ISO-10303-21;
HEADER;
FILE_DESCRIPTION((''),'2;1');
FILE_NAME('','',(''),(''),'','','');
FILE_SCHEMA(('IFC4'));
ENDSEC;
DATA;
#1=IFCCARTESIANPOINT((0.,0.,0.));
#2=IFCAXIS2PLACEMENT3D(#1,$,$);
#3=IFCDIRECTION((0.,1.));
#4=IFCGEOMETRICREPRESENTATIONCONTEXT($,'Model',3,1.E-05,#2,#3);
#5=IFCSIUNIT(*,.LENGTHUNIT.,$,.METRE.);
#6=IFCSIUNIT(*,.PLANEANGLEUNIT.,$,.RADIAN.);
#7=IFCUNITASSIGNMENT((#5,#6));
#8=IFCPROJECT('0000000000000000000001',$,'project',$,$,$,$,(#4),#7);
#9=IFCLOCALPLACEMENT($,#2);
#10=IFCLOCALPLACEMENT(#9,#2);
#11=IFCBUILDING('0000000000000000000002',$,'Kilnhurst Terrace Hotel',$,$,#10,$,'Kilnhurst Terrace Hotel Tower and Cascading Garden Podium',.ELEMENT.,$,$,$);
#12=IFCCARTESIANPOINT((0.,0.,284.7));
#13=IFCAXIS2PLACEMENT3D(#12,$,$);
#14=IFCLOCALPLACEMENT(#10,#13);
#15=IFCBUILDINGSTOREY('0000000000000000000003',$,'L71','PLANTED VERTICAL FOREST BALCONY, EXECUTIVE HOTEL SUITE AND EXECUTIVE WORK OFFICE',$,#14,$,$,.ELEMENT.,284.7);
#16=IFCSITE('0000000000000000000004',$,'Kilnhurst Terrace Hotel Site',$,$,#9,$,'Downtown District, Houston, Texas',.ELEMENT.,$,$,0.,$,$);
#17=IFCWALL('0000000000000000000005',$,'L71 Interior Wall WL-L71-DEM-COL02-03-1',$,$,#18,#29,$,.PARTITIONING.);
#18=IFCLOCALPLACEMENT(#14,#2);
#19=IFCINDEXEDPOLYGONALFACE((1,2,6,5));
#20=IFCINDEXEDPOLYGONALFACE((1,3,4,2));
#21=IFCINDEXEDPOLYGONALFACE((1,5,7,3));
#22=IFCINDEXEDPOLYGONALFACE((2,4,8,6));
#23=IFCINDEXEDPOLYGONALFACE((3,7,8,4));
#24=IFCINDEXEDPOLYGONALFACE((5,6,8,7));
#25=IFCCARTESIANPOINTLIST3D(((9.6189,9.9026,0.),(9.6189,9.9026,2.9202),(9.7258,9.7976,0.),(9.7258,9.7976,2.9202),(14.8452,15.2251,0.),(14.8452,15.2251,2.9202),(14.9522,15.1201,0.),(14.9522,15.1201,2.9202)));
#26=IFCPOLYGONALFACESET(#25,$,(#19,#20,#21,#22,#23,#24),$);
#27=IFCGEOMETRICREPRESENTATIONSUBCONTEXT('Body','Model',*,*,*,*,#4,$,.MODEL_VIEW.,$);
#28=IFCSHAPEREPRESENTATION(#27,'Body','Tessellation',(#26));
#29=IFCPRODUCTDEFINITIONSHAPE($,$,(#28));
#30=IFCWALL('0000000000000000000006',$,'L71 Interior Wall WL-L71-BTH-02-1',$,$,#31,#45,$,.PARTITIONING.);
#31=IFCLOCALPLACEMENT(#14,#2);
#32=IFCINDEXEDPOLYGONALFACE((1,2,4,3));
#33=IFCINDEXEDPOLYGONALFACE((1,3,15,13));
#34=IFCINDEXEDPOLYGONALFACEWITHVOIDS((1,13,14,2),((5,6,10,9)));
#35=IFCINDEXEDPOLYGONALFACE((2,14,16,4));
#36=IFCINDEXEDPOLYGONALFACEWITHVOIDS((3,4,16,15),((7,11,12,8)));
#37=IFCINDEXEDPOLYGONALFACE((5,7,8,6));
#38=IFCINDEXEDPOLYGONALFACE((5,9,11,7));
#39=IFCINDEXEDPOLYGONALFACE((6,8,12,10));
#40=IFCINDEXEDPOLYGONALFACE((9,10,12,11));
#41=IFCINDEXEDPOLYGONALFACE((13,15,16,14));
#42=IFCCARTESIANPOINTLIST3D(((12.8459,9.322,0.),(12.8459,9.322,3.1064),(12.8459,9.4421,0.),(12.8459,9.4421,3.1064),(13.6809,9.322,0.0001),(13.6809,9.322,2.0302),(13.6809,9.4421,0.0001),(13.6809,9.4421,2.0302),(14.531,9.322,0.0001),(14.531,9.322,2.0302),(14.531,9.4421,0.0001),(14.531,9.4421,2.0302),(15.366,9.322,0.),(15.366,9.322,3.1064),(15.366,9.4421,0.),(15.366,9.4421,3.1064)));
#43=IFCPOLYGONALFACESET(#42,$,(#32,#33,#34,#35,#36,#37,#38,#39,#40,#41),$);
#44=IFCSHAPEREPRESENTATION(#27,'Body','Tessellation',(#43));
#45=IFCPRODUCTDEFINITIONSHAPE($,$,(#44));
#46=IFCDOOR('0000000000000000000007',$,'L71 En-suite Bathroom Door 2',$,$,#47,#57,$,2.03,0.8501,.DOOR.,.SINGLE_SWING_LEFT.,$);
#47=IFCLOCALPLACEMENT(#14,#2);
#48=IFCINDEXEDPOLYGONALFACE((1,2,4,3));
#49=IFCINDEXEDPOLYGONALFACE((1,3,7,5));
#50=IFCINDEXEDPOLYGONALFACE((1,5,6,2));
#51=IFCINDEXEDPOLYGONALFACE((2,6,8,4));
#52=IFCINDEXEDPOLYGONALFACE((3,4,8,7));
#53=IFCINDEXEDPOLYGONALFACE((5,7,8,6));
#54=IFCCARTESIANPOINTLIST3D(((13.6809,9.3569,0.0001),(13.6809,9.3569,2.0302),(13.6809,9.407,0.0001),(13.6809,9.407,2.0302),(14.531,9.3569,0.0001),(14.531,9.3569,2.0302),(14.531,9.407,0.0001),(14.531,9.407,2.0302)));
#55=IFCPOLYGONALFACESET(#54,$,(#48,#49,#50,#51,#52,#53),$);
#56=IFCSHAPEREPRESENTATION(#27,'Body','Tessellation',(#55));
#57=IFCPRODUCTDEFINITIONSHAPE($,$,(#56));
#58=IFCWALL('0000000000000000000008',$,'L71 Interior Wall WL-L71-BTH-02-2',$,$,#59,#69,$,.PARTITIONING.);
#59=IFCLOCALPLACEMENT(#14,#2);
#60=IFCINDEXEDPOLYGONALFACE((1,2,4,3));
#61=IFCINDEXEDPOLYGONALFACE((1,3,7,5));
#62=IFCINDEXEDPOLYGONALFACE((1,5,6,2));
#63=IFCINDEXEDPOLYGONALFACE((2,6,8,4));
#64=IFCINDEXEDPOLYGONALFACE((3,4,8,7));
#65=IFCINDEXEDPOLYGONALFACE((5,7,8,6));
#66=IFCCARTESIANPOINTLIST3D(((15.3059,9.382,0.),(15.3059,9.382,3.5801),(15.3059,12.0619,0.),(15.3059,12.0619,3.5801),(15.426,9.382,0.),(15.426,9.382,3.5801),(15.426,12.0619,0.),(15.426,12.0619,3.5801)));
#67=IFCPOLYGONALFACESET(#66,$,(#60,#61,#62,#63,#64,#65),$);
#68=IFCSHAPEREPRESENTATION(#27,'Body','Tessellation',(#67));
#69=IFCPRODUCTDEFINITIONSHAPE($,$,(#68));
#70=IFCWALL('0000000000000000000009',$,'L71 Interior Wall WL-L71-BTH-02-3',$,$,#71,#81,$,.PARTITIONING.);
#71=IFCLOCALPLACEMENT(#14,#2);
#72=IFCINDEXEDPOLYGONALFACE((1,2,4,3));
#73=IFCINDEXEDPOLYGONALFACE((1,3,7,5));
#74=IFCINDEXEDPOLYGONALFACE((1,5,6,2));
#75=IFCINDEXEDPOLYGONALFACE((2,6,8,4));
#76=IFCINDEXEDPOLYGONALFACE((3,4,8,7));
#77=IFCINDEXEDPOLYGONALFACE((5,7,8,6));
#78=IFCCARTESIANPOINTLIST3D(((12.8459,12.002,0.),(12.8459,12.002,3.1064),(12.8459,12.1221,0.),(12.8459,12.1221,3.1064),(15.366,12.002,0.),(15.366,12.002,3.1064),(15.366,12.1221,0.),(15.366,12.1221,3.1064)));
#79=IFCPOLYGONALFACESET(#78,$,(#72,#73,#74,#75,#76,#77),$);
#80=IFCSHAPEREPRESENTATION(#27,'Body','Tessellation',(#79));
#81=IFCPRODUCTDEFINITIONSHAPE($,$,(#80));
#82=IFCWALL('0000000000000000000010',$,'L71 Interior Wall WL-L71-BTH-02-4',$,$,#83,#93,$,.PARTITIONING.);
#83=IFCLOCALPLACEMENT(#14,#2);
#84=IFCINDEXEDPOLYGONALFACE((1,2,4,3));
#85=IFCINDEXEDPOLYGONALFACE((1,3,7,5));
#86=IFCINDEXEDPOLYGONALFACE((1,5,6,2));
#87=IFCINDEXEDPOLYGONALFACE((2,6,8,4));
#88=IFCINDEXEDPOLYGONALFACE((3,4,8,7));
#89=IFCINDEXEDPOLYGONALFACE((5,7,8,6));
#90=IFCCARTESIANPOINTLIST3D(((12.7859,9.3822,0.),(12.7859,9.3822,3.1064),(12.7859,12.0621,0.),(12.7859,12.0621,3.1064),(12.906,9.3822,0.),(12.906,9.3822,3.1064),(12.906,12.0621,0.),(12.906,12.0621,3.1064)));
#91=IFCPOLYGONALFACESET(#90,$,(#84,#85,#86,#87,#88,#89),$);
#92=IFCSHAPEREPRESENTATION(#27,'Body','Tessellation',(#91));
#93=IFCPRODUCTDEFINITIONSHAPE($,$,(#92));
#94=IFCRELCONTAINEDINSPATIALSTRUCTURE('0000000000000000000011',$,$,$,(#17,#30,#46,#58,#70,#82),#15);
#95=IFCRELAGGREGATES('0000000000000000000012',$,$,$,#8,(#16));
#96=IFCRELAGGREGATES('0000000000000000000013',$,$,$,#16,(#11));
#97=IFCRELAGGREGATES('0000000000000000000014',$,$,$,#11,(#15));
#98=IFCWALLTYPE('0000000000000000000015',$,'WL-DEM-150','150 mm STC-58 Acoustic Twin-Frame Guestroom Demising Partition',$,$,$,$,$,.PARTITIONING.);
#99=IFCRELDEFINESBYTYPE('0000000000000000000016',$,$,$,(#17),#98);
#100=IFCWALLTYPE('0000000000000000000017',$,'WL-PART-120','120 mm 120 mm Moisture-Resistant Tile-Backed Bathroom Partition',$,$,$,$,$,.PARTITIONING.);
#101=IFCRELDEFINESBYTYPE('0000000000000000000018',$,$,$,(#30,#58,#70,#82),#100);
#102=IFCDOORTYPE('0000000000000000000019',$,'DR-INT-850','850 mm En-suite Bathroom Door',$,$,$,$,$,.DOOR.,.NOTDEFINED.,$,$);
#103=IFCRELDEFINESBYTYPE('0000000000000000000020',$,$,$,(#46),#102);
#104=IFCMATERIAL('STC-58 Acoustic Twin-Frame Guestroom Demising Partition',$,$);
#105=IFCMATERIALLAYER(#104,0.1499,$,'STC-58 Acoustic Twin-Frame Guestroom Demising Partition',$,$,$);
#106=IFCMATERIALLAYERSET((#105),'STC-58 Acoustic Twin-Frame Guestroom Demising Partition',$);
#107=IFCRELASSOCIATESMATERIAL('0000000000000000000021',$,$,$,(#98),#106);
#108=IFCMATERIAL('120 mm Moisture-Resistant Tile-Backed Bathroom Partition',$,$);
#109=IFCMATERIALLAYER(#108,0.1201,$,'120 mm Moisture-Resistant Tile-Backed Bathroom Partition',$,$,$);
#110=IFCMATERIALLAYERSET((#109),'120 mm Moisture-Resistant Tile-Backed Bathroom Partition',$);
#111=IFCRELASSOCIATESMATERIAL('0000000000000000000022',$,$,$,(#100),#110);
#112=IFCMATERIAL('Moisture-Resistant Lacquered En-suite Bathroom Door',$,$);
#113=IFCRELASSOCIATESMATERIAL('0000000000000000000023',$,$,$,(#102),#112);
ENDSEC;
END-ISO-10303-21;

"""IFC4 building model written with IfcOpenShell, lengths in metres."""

from ifc_helpers import new_model, si_unit, direction, frame, frame_2d, origin, place, context, subcontext, project, spatial, rectangle, extrude, material, layer, layer_set, type_object, element, fill, save


model = new_model("IFC4")

# Units and contexts
model_context = context("Model", 3, precision=1e-05, world=origin(), true_north=direction((0.0, 1.0)))
body_context = subcontext(model_context, "Body", "Model", "MODEL_VIEW")
ifc_project = project(units=[si_unit("LENGTHUNIT", "METRE"), si_unit("PLANEANGLEUNIT", "RADIAN")], contexts=[model_context])

# Site, building, storey
site_placement = place(None, origin())
site = spatial("IfcSite", under=ifc_project, at=site_placement, Name="Kilnhurst Terrace Hotel Site", LongName="Downtown District, Houston, Texas", CompositionType="ELEMENT", RefElevation=0.0)
building_placement = place(site_placement, origin())
building = spatial("IfcBuilding", under=site, at=building_placement, Name="Kilnhurst Terrace Hotel", LongName="Kilnhurst Terrace Hotel Tower and Cascading Garden Podium", CompositionType="ELEMENT")
storey_placement = place(building_placement, frame((0.0, 0.0, 284.7)))
storey = spatial("IfcBuildingStorey", under=building, at=storey_placement, Name="L71", Description="PLANTED VERTICAL FOREST BALCONY, EXECUTIVE HOTEL SUITE AND EXECUTIVE WORK OFFICE", CompositionType="ELEMENT", Elevation=284.7)

# Wall
ifc_material_1 = material(Name="STC-58 Acoustic Twin-Frame Guestroom Demising Partition")
ifc_layer_1 = layer(ifc_material_1, 0.1499, Name="STC-58 Acoustic Twin-Frame Guestroom Demising Partition")
ifc_layer_set_1 = layer_set([ifc_layer_1], Name="STC-58 Acoustic Twin-Frame Guestroom Demising Partition")
wall_type_1 = type_object("IfcWallType", Name="WL-DEM-150", Description="150 mm STC-58 Acoustic Twin-Frame Guestroom Demising Partition", PredefinedType="PARTITIONING", material=ifc_layer_set_1)
wall_1_placement = place(storey_placement, frame((9.6724, 9.8501, 0.0), z_axis=(0.0, 0.0, 1.0), x_axis=(0.70063, 0.713525, 0.0)))
element("IfcWall", 1, at=wall_1_placement, inside=storey, type_object=wall_type_1, Name="L71 Interior Wall WL-L71-DEM-COL02-03-1", PredefinedType="PARTITIONING", context=body_context, shape_type="SweptSolid", body=[
    extrude(rectangle(XDim=7.4595, YDim=0.1499, at=frame_2d((3.7297, 0.0))), origin(), (0.0, 0.0, 1.0), 2.9202),
])

# Wall, opening, door
ifc_material_2 = material(Name="120 mm Moisture-Resistant Tile-Backed Bathroom Partition")
ifc_layer_2 = layer(ifc_material_2, 0.1201, Name="120 mm Moisture-Resistant Tile-Backed Bathroom Partition")
ifc_layer_set_2 = layer_set([ifc_layer_2], Name="120 mm Moisture-Resistant Tile-Backed Bathroom Partition")
wall_type_2 = type_object("IfcWallType", Name="WL-PART-120", Description="120 mm 120 mm Moisture-Resistant Tile-Backed Bathroom Partition", PredefinedType="PARTITIONING", material=ifc_layer_set_2)
wall_2_placement = place(storey_placement, frame((12.8459, 9.3821, 0.0), z_axis=(0.0, 0.0, 1.0), x_axis=(1.0, 0.0, 0.0)))
wall_2 = element("IfcWall", 2, at=wall_2_placement, inside=storey, type_object=wall_type_2, Name="L71 Interior Wall WL-L71-BTH-02-1", PredefinedType="PARTITIONING", context=body_context, shape_type="SweptSolid", body=[
    extrude(rectangle(XDim=2.52, YDim=0.1201, at=frame_2d((1.26, 0.0))), origin(), (0.0, 0.0, 1.0), 3.1064),
])
opening_1_placement = place(wall_2_placement, frame((0.835, 0.0, 0.0)))
opening_1 = element("IfcOpeningElement", 3, at=opening_1_placement, cuts=wall_2, PredefinedType="OPENING", context=body_context, shape_type="SweptSolid", body=[
    extrude(rectangle(XDim=0.8501, YDim=2.03, at=frame_2d((0.425, 1.0151))), frame((0.0, 0.0701, 0.0), z_axis=(0.0, -1.0, 0.0), x_axis=(1.0, 0.0, 0.0)), (0.0, 0.0, 1.0), 0.1401),
])
ifc_material_3 = material(Name="Moisture-Resistant Lacquered En-suite Bathroom Door")
door_type_1 = type_object("IfcDoorType", Name="DR-INT-850", Description="850 mm En-suite Bathroom Door", OperationType="NOTDEFINED", PredefinedType="DOOR", material=ifc_material_3)
door_1_placement = place(opening_1_placement, origin())
door_1 = element("IfcDoor", 4, at=door_1_placement, inside=storey, type_object=door_type_1, Name="L71 En-suite Bathroom Door 2", OperationType="SINGLE_SWING_LEFT", OverallHeight=2.03, OverallWidth=0.8501, PredefinedType="DOOR", context=body_context, shape_type="SweptSolid", body=[
    extrude(rectangle(XDim=0.8501, YDim=2.03, at=frame_2d((0.425, 1.0151))), frame((0.0, 0.0249, 0.0), z_axis=(0.0, -1.0, 0.0), x_axis=(1.0, 0.0, 0.0)), (0.0, 0.0, 1.0), 0.05),
])
fill(opening_1, door_1)

# Walls
wall_3_placement = place(storey_placement, frame((15.366, 9.3821, 0.0), z_axis=(0.0, 0.0, 1.0), x_axis=(0.0, 1.0, 0.0)))
element("IfcWall", 5, at=wall_3_placement, inside=storey, type_object=wall_type_2, Name="L71 Interior Wall WL-L71-BTH-02-2", PredefinedType="PARTITIONING", context=body_context, shape_type="SweptSolid", body=[
    extrude(rectangle(XDim=2.6799, YDim=0.1201, at=frame_2d((1.3398, 0.0))), origin(), (0.0, 0.0, 1.0), 3.5801),
])
wall_4_placement = place(storey_placement, frame((15.366, 12.062, 0.0), z_axis=(0.0, 0.0, 1.0), x_axis=(-1.0, 0.0, 0.0)))
element("IfcWall", 6, at=wall_4_placement, inside=storey, type_object=wall_type_2, Name="L71 Interior Wall WL-L71-BTH-02-3", PredefinedType="PARTITIONING", context=body_context, shape_type="SweptSolid", body=[
    extrude(rectangle(XDim=2.52, YDim=0.1201, at=frame_2d((1.26, 0.0))), origin(), (0.0, 0.0, 1.0), 3.1064),
])
wall_5_placement = place(storey_placement, frame((12.8459, 12.062, 0.0), z_axis=(0.0, 0.0, 1.0), x_axis=(0.0, -1.0, 0.0)))
element("IfcWall", 7, at=wall_5_placement, inside=storey, type_object=wall_type_2, Name="L71 Interior Wall WL-L71-BTH-02-4", PredefinedType="PARTITIONING", context=body_context, shape_type="SweptSolid", body=[
    extrude(rectangle(XDim=2.6799, YDim=0.1201, at=frame_2d((1.3398, 0.0))), origin(), (0.0, 0.0, 1.0), 3.1064),
])

save(model, "model.ifc")
